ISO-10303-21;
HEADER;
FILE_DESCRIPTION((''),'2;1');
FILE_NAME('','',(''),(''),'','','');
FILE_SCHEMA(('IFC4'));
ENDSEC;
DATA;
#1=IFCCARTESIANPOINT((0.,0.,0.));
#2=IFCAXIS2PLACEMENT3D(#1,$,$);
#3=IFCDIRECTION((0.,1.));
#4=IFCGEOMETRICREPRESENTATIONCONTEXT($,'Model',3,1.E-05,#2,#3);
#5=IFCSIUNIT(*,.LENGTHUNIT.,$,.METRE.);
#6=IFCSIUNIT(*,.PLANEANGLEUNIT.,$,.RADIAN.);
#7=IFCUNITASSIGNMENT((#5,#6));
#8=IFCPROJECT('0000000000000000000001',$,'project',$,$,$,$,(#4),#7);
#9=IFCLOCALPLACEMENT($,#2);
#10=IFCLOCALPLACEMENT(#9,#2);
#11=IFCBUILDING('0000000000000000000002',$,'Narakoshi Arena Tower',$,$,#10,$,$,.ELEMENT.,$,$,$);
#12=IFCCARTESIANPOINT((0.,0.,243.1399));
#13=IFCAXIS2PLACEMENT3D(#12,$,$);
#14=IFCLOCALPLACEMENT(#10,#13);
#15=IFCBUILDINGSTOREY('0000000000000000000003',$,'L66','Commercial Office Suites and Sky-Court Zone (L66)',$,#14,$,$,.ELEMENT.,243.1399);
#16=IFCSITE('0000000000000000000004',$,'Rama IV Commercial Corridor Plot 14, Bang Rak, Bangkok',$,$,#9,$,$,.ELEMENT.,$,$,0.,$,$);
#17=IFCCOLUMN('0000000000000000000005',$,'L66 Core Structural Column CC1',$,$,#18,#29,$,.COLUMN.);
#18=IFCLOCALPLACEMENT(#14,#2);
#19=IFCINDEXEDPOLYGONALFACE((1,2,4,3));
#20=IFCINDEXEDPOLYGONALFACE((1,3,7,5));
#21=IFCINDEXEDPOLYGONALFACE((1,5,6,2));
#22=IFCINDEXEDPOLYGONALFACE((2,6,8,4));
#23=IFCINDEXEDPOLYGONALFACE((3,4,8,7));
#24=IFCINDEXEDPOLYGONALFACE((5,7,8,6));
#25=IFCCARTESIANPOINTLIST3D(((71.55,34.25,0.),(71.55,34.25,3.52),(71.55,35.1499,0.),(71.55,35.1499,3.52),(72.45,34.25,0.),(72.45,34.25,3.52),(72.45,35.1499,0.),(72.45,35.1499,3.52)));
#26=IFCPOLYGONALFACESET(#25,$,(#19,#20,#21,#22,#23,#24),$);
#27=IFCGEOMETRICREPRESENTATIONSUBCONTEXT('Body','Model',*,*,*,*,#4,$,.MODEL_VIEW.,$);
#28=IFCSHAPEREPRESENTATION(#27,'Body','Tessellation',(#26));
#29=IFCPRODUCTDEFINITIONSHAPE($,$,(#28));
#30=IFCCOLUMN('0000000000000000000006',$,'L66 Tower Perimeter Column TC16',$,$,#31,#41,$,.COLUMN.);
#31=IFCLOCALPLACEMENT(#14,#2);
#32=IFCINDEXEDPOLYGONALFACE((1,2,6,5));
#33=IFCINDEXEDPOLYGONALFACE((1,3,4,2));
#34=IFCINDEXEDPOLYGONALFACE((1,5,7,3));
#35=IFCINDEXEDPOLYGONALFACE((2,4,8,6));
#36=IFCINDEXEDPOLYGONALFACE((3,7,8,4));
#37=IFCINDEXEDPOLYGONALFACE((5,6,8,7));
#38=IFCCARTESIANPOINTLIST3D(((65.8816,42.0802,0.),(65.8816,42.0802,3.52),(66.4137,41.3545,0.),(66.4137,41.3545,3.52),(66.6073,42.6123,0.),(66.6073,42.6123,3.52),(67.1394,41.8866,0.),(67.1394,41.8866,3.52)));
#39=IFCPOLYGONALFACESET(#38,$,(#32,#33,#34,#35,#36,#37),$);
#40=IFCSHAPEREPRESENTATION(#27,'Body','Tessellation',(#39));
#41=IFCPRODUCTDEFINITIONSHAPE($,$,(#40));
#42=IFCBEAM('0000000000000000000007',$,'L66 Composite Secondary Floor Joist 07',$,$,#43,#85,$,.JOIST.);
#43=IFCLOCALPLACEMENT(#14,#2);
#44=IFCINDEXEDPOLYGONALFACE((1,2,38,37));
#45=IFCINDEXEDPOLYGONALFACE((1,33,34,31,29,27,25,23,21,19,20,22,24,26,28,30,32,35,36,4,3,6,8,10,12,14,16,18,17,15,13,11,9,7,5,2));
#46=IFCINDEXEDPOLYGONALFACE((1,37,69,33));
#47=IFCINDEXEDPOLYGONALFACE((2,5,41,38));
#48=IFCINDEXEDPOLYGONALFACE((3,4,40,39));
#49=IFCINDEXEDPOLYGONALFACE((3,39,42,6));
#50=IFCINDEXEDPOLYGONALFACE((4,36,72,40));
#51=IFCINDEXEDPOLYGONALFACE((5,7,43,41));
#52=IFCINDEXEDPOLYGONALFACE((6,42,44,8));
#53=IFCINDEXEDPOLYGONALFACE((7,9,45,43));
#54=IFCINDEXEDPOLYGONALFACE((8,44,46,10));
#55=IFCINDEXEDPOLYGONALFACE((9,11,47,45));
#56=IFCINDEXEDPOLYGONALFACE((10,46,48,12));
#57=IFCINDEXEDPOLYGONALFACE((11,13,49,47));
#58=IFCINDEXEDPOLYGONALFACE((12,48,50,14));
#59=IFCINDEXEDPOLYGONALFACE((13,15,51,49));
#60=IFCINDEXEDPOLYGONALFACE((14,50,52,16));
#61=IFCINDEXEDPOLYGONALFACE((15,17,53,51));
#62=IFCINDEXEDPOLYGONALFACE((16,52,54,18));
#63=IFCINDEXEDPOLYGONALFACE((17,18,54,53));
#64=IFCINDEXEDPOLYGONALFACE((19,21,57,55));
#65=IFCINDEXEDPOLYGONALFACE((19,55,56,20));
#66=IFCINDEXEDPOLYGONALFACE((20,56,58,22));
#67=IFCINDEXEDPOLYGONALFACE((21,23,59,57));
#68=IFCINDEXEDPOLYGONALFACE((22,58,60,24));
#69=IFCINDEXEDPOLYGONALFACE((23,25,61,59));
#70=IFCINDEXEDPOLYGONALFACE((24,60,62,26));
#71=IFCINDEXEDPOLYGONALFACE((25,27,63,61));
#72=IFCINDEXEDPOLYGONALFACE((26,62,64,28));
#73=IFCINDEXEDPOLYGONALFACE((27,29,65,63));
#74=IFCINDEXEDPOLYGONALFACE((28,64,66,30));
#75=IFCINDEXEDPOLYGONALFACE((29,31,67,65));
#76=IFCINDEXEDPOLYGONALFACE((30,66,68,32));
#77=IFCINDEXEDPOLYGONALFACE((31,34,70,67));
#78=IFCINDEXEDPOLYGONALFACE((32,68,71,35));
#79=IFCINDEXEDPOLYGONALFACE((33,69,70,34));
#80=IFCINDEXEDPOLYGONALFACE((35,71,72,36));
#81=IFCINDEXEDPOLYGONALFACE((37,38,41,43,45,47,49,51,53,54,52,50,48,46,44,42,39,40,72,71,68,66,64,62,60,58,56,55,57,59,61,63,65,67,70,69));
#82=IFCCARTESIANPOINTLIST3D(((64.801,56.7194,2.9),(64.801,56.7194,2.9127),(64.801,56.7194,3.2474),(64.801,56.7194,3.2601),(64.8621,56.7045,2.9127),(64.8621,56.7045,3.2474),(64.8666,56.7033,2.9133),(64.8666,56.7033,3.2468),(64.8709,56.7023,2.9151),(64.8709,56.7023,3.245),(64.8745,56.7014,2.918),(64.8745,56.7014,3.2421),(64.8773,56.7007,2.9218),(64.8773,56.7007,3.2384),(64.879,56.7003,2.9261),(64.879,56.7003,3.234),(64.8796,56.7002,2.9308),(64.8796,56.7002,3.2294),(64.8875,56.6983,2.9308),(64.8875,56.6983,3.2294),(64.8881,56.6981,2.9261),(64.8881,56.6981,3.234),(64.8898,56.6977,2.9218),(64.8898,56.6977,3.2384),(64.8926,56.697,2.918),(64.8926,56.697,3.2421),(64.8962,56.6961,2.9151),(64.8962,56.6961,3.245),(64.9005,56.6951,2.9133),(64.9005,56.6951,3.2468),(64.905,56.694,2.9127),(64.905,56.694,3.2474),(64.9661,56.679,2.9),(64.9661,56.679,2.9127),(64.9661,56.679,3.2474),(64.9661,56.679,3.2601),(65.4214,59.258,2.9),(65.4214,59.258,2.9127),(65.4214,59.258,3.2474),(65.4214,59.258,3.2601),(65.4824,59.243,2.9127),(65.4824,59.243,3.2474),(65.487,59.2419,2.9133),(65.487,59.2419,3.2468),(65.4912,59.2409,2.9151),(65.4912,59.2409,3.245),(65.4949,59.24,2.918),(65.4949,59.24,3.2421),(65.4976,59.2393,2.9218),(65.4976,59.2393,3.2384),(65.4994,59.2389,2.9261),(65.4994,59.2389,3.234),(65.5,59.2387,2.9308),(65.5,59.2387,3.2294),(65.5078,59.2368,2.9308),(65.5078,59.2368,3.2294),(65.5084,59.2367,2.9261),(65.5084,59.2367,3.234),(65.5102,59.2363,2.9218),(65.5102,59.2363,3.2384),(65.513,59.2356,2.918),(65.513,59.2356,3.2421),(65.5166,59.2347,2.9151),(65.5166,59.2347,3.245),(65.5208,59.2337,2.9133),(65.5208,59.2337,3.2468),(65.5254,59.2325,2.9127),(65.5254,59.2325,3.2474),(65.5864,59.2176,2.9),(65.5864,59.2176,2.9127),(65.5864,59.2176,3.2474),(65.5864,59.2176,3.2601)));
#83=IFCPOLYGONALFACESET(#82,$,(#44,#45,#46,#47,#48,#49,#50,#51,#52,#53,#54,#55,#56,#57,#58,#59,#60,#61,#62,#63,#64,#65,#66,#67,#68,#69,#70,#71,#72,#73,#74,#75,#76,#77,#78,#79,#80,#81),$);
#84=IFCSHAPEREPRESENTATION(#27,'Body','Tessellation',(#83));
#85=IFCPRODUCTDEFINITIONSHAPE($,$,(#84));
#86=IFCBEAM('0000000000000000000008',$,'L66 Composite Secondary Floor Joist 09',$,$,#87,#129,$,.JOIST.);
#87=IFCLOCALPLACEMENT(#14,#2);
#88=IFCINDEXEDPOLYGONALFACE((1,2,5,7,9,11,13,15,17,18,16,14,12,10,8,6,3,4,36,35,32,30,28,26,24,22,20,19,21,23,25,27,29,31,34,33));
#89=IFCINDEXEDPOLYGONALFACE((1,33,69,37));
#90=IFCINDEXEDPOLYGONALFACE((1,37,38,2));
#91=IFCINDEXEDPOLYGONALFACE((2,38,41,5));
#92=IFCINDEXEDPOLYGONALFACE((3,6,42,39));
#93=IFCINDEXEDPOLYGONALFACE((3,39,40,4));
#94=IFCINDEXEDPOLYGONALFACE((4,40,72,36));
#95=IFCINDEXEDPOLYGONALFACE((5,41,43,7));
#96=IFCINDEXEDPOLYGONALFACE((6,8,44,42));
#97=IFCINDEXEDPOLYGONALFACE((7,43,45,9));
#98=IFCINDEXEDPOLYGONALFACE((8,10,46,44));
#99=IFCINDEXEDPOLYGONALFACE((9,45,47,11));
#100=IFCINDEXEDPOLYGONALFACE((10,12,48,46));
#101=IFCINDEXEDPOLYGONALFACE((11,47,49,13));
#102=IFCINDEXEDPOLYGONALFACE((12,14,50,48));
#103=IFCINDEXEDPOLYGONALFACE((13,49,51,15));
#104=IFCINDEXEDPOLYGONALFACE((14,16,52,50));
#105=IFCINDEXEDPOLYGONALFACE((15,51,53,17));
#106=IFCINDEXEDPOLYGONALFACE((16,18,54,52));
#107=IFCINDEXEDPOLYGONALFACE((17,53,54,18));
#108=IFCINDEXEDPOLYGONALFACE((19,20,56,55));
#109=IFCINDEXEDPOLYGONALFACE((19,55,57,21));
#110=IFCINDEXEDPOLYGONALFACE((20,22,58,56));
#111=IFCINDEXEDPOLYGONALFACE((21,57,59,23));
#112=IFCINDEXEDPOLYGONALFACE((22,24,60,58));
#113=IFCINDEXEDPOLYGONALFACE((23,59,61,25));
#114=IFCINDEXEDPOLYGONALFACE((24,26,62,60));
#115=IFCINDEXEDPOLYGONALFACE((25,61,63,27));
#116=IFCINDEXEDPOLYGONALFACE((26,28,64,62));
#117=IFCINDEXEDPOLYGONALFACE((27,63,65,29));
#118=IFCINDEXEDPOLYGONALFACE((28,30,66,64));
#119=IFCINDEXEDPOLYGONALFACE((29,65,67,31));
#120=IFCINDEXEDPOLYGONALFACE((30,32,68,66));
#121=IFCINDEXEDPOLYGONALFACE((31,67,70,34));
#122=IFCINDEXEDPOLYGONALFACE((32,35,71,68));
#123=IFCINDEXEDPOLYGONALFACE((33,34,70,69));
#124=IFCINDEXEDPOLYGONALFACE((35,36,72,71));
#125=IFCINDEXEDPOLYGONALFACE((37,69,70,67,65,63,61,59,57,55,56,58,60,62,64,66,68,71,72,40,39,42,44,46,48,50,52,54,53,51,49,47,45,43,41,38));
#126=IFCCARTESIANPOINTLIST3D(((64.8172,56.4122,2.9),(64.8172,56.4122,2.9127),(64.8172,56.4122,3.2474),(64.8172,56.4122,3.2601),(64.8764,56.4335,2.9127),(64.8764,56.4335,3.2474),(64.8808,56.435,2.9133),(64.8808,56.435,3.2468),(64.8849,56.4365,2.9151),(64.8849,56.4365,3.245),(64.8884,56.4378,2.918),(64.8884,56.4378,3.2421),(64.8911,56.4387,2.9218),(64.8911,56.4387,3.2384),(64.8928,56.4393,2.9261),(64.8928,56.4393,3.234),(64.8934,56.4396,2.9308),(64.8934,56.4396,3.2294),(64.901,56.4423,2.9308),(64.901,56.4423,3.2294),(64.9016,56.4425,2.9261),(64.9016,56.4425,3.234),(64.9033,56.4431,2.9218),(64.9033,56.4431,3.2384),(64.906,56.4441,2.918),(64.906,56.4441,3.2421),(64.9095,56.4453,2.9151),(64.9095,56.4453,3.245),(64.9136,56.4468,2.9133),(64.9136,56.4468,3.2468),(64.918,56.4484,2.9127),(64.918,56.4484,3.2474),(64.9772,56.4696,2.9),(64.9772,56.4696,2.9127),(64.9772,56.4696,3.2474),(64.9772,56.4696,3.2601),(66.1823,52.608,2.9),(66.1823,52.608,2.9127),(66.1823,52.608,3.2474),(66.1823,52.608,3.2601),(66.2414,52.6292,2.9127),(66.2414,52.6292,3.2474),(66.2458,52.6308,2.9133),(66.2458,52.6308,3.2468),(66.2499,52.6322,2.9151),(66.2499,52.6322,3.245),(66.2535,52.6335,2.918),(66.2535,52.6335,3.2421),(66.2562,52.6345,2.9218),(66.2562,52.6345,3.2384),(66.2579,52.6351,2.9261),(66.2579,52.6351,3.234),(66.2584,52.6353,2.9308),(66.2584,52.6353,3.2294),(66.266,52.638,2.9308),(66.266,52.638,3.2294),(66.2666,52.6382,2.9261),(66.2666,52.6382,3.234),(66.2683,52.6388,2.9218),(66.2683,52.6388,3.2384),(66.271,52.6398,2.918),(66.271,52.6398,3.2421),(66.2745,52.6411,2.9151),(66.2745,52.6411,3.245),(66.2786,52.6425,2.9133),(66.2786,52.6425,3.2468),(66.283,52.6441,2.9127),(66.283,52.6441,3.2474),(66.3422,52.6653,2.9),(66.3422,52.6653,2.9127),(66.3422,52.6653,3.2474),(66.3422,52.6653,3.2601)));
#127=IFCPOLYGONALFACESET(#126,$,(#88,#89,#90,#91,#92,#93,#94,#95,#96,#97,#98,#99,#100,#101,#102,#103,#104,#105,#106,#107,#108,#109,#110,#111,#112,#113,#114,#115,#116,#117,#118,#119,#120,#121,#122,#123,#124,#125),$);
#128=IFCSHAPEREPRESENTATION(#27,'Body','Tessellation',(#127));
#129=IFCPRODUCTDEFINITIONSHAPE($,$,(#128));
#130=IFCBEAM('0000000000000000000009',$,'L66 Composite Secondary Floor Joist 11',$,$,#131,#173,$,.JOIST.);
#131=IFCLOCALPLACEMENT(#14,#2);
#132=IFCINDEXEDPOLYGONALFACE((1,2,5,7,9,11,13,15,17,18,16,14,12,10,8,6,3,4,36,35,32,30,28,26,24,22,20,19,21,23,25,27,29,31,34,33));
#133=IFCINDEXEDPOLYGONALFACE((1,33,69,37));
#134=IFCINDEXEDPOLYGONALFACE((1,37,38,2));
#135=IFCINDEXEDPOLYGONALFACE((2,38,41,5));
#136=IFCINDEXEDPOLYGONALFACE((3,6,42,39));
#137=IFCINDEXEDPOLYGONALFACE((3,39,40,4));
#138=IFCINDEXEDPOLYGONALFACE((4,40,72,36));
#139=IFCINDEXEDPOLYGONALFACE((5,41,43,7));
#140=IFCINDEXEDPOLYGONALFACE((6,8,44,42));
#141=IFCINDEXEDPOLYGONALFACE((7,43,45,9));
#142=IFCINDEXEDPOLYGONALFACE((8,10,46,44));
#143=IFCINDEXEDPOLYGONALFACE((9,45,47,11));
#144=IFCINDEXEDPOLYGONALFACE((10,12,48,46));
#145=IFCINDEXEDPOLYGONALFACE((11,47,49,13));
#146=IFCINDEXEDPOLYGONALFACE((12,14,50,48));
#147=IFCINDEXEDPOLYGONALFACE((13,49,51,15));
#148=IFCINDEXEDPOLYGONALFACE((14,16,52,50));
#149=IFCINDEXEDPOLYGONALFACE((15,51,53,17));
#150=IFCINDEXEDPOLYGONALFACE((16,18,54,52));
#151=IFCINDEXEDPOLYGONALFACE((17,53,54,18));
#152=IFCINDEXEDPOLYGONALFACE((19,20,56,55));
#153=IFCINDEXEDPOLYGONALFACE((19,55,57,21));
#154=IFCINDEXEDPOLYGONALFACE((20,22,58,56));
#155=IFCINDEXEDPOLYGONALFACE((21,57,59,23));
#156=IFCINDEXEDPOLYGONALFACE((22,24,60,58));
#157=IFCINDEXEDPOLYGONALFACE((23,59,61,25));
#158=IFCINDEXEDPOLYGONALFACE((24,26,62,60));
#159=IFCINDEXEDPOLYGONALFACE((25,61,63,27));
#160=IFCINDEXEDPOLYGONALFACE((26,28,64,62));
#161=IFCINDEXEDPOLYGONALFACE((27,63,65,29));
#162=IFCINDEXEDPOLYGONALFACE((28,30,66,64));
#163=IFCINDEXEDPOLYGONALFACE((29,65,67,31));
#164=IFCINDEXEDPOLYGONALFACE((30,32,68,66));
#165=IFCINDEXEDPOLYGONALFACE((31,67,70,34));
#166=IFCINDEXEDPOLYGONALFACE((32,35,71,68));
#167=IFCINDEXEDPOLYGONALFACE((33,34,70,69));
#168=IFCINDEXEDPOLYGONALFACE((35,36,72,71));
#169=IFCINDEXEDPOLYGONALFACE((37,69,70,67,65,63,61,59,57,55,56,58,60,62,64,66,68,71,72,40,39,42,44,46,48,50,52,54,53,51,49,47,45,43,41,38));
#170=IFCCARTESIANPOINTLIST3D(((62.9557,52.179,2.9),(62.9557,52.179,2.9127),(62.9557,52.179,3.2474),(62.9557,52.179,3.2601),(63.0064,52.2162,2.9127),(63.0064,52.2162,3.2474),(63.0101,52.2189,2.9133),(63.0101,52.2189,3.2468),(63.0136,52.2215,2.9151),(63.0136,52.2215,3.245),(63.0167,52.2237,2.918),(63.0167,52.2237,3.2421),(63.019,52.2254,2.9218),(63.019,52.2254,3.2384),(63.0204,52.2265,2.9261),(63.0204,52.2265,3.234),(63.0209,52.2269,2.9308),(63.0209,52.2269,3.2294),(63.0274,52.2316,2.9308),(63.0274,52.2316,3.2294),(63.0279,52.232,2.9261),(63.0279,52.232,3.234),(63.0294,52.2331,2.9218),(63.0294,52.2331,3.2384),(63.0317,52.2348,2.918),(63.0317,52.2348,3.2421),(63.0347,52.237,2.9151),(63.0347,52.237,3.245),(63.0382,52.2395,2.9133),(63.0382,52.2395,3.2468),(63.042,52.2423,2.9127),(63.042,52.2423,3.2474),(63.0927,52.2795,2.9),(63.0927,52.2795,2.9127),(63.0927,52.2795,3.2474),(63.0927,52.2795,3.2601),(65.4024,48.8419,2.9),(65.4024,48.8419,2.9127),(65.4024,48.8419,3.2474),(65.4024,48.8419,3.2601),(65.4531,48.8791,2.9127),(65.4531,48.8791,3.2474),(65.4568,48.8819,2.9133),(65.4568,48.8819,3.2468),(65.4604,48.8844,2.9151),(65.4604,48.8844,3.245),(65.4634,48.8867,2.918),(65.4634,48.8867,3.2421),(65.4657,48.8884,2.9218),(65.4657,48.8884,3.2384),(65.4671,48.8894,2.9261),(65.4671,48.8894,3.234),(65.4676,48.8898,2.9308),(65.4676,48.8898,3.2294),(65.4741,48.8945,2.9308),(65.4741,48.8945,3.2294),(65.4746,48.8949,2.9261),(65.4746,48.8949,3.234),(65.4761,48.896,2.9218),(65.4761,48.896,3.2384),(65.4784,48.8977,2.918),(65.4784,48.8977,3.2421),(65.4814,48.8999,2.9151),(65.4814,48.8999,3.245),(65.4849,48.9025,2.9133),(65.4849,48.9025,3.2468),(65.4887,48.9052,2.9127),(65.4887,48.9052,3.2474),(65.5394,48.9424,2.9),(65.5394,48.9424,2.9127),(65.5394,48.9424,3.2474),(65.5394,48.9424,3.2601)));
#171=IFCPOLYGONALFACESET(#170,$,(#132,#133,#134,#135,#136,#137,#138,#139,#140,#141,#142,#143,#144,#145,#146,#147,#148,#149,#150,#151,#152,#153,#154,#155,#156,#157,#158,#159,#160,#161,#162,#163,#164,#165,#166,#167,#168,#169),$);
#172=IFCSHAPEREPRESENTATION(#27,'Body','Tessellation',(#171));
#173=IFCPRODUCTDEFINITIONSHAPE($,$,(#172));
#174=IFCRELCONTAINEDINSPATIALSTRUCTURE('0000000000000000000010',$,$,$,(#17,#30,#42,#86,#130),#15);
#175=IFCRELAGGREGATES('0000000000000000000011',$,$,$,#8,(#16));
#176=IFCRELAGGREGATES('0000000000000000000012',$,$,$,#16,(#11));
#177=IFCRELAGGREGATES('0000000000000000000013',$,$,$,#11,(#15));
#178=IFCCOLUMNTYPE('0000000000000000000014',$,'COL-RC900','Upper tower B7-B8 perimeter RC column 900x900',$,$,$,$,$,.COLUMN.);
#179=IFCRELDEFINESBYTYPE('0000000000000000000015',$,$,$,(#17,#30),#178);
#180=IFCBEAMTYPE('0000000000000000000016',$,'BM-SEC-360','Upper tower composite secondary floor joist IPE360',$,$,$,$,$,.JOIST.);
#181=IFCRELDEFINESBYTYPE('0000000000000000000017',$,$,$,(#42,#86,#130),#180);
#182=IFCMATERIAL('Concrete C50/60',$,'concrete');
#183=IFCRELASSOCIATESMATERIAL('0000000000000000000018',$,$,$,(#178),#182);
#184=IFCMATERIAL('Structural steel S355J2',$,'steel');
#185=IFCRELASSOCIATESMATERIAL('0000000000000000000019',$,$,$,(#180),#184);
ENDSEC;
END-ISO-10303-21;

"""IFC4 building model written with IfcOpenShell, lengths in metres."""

from ifc_helpers import new_model, si_unit, direction, frame, origin, origin_2d, place, context, subcontext, project, spatial, rectangle, i_section, extrude, material, material_profile, profile_set, type_object, element, save


model = new_model("IFC4")

# Units and contexts
model_context = context("Model", 3, precision=1e-05, world=origin(), true_north=direction((0.0, 1.0)))
body_context = subcontext(model_context, "Body", "Model", "MODEL_VIEW")
ifc_project = project(units=[si_unit("LENGTHUNIT", "METRE"), si_unit("PLANEANGLEUNIT", "RADIAN")], contexts=[model_context])

# Site, building, storey
site_placement = place(None, origin())
site = spatial("IfcSite", under=ifc_project, at=site_placement, Name="Rama IV Commercial Corridor Plot 14, Bang Rak, Bangkok", CompositionType="ELEMENT", RefElevation=0.0)
building_placement = place(site_placement, origin())
building = spatial("IfcBuilding", under=site, at=building_placement, Name="Narakoshi Arena Tower", CompositionType="ELEMENT")
storey_placement = place(building_placement, frame((0.0, 0.0, 243.1399)))
storey = spatial("IfcBuildingStorey", under=building, at=storey_placement, Name="L66", Description="Commercial Office Suites and Sky-Court Zone (L66)", CompositionType="ELEMENT", Elevation=243.1399)

# Columns
ifc_material_1 = material(Name="Concrete C50/60", Category="concrete")
ifc_material_profile_1 = material_profile(ifc_material_1, rectangle(XDim=0.8999, YDim=0.8999, at=origin_2d()), Name="RC900x900")
ifc_profile_set_1 = profile_set([ifc_material_profile_1], Name="Concrete C50/60")
column_type = type_object("IfcColumnType", Name="COL-RC900", Description="Upper tower B7-B8 perimeter RC column 900x900", PredefinedType="COLUMN", material=ifc_profile_set_1)
for number, where, z_axis, x_axis, name in (
    (1, (72.0, 34.7, 0.0), (0.0, 0.0, 1.0), (1.0, 0.0, 0.0), "L66 Core Structural Column CC1"),
    (2, (66.5105, 41.9834, 0.0), (0.0, 0.0, 1.0), (-0.59131, 0.806445, 0.0), "L66 Tower Perimeter Column TC16"),
):
    element("IfcColumn", number, at=place(storey_placement, frame(where, z_axis=z_axis, x_axis=x_axis)), inside=storey, type_object=column_type, Name=name, PredefinedType="COLUMN", context=body_context, shape_type="SweptSolid", body=[
        extrude(rectangle(XDim=0.8999, YDim=0.8999, at=origin_2d()), origin(), (0.0, 0.0, 1.0), 3.52),
    ])

# Beams
ifc_material_2 = material(Name="Structural steel S355J2", Category="steel")
ifc_material_profile_2 = material_profile(ifc_material_2, i_section(OverallWidth=0.1699, OverallDepth=0.3601, WebThickness=0.0081, FlangeThickness=0.0127, FilletRadius=0.0181, at=origin_2d()), Name="IPE360")
ifc_profile_set_2 = profile_set([ifc_material_profile_2], Name="Structural steel S355J2")
beam_type = type_object("IfcBeamType", Name="BM-SEC-360", Description="Upper tower composite secondary floor joist IPE360", PredefinedType="JOIST", material=ifc_profile_set_2)
beam_1_placement = place(storey_placement, frame((65.5039, 59.2378, 3.0801), z_axis=(-0.237388, -0.971415, 0.0), x_axis=(0.971415, -0.237388, 0.0)))
element("IfcBeam", 3, at=beam_1_placement, inside=storey, type_object=beam_type, Name="L66 Composite Secondary Floor Joist 07", PredefinedType="JOIST", context=body_context, shape_type="SweptSolid", body=[
    extrude(i_section(OverallWidth=0.1699, OverallDepth=0.3601, WebThickness=0.0081, FlangeThickness=0.0127, FilletRadius=0.0181, at=origin_2d()), origin(), (0.0, 0.0, 1.0), 2.6133),
])
beam_2_placement = place(storey_placement, frame((64.8972, 56.4409, 3.0801), z_axis=(0.337729, -0.941243, 0.0), x_axis=(0.941243, 0.337729, 0.0)))
element("IfcBeam", 4, at=beam_2_placement, inside=storey, type_object=beam_type, Name="L66 Composite Secondary Floor Joist 09", PredefinedType="JOIST", context=body_context, shape_type="SweptSolid", body=[
    extrude(i_section(OverallWidth=0.1699, OverallDepth=0.3601, WebThickness=0.0081, FlangeThickness=0.0127, FilletRadius=0.0181, at=origin_2d()), origin(), (0.0, 0.0, 1.0), 4.0417),
])
beam_3_placement = place(storey_placement, frame((63.0242, 52.2292, 3.0801), z_axis=(0.591289, -0.806459, 0.0), x_axis=(0.806459, 0.591289, 0.0)))
element("IfcBeam", 5, at=beam_3_placement, inside=storey, type_object=beam_type, Name="L66 Composite Secondary Floor Joist 11", PredefinedType="JOIST", context=body_context, shape_type="SweptSolid", body=[
    extrude(i_section(OverallWidth=0.1699, OverallDepth=0.3601, WebThickness=0.0081, FlangeThickness=0.0127, FilletRadius=0.0181, at=origin_2d()), origin(), (0.0, 0.0, 1.0), 4.1379),
])

save(model, "model.ifc")
